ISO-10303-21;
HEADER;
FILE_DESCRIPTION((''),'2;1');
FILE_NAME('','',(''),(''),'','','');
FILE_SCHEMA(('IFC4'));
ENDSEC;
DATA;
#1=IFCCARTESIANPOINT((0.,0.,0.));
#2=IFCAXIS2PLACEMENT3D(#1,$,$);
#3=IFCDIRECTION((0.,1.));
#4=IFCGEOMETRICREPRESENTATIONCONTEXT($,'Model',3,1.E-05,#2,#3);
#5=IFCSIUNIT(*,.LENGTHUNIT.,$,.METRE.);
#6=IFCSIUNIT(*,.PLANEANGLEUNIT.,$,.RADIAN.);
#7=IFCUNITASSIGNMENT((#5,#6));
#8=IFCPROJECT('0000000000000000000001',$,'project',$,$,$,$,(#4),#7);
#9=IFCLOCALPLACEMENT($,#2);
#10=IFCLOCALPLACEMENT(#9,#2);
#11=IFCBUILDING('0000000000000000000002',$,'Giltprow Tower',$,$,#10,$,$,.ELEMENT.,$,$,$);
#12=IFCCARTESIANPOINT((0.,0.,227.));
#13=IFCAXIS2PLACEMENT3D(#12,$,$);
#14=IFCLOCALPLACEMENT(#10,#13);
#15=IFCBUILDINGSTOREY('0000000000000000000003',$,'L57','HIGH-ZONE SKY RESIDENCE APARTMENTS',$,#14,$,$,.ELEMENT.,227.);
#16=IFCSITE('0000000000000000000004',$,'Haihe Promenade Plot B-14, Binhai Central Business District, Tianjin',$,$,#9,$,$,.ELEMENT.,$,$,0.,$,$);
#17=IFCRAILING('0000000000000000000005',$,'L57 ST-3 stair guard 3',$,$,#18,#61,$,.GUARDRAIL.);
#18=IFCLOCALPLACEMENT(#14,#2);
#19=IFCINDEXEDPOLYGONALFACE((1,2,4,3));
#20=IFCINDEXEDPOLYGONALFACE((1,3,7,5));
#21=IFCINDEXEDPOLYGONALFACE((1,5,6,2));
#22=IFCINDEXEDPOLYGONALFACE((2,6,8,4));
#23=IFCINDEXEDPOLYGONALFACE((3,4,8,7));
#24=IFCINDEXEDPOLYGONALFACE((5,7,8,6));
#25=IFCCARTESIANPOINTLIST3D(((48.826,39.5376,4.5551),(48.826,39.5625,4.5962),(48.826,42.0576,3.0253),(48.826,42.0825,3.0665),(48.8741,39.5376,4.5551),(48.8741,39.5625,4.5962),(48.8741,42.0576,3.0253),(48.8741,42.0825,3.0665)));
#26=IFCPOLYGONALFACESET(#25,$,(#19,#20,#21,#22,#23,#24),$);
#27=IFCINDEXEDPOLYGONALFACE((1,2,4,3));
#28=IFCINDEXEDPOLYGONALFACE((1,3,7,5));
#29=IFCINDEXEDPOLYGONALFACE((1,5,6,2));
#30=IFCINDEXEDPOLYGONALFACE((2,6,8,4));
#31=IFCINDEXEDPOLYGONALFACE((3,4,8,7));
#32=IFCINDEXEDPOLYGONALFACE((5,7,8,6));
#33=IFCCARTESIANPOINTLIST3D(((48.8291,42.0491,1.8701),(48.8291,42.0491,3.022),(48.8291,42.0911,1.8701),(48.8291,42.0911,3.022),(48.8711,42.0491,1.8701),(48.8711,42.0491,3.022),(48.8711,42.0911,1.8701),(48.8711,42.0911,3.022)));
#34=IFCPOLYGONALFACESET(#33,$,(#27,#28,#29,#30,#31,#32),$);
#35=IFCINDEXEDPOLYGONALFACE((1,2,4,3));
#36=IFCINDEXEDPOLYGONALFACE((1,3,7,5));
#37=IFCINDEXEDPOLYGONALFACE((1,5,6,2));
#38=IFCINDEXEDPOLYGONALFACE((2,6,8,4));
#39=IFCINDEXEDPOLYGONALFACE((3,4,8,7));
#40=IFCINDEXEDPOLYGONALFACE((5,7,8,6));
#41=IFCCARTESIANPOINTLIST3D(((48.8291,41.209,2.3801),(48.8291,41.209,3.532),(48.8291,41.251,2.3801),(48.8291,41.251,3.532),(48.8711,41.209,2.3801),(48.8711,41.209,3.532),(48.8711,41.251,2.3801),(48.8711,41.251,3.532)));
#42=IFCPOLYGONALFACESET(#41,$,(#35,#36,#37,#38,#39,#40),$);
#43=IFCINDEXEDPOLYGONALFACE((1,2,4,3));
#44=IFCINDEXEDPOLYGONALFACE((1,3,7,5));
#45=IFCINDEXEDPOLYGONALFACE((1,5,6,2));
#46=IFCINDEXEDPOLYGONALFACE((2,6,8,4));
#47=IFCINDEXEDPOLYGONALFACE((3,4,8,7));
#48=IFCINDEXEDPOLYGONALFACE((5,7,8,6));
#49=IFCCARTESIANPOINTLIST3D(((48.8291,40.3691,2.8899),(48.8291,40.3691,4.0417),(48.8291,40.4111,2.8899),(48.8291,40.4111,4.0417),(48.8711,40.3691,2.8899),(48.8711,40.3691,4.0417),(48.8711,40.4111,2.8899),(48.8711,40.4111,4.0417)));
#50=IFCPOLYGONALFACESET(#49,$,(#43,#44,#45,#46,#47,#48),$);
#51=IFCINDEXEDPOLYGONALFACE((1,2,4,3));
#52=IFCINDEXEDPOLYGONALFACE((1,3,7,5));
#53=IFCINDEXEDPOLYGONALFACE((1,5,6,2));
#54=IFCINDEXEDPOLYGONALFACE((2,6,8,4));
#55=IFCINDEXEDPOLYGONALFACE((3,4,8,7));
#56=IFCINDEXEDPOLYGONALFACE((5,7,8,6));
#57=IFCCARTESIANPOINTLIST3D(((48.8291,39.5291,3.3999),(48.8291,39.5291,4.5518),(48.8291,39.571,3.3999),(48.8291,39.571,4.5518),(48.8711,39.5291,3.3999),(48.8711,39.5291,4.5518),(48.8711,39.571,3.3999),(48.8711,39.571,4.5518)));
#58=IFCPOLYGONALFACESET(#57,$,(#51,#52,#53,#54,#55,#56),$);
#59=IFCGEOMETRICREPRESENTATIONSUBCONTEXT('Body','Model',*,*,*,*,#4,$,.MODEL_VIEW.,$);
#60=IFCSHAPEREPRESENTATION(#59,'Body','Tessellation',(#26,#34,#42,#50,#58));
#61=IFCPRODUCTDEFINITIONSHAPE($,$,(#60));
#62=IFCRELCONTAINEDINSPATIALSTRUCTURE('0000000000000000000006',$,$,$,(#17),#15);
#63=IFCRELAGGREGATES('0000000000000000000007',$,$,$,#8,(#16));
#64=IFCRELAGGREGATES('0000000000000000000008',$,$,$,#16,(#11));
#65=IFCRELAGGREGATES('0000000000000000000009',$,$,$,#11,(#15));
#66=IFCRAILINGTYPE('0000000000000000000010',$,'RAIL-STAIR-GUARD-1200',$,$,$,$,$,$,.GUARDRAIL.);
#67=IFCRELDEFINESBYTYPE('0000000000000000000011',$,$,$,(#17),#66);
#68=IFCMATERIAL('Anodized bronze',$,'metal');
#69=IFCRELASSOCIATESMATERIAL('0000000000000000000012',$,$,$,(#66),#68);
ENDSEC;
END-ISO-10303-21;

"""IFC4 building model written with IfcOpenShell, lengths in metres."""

from ifc_helpers import new_model, si_unit, direction, frame, origin, origin_2d, place, context, subcontext, project, spatial, rectangle, extrude, material, type_object, element, save


model = new_model("IFC4")

# Units and contexts
model_context = context("Model", 3, precision=1e-05, world=origin(), true_north=direction((0.0, 1.0)))
body_context = subcontext(model_context, "Body", "Model", "MODEL_VIEW")
ifc_project = project(units=[si_unit("LENGTHUNIT", "METRE"), si_unit("PLANEANGLEUNIT", "RADIAN")], contexts=[model_context])

# Site, building, storey
site_placement = place(None, origin())
site = spatial("IfcSite", under=ifc_project, at=site_placement, Name="Haihe Promenade Plot B-14, Binhai Central Business District, Tianjin", CompositionType="ELEMENT", RefElevation=0.0)
building_placement = place(site_placement, origin())
building = spatial("IfcBuilding", under=site, at=building_placement, Name="Giltprow Tower", CompositionType="ELEMENT")
storey_placement = place(building_placement, frame((0.0, 0.0, 227.0)))
storey = spatial("IfcBuildingStorey", under=building, at=storey_placement, Name="L57", Description="HIGH-ZONE SKY RESIDENCE APARTMENTS", CompositionType="ELEMENT", Elevation=227.0)

# Railing
ifc_material_1 = material(Name="Anodized bronze", Category="metal")
railing_type_1 = type_object("IfcRailingType", Name="RAIL-STAIR-GUARD-1200", PredefinedType="GUARDRAIL", material=ifc_material_1)
railing_1_placement = place(storey_placement, frame((48.8501, 42.0701, 1.8701)))
element("IfcRailing", 1, at=railing_1_placement, inside=storey, type_object=railing_type_1, Name="L57 ST-3 stair guard 3", PredefinedType="GUARDRAIL", context=body_context, shape_type="SweptSolid", body=[
    extrude(rectangle(XDim=0.0481, YDim=0.0481, at=origin_2d()), frame((0.0, 0.0, 1.1758), z_axis=(0.0, -0.854822, 0.518922), x_axis=(1.0, 0.0, 0.0)), (0.0, 0.0, 1.0), 2.948),
    extrude(rectangle(XDim=0.042, YDim=0.042, at=origin_2d()), origin(), (0.0, 0.0, 1.0), 1.1519),
    extrude(rectangle(XDim=0.042, YDim=0.042, at=origin_2d()), frame((0.0, -0.8401, 0.51)), (0.0, 0.0, 1.0), 1.1519),
    extrude(rectangle(XDim=0.042, YDim=0.042, at=origin_2d()), frame((0.0, -1.6799, 1.0198)), (0.0, 0.0, 1.0), 1.1519),
    extrude(rectangle(XDim=0.042, YDim=0.042, at=origin_2d()), frame((0.0, -2.52, 1.5298)), (0.0, 0.0, 1.0), 1.1519),
])

save(model, "model.ifc")
